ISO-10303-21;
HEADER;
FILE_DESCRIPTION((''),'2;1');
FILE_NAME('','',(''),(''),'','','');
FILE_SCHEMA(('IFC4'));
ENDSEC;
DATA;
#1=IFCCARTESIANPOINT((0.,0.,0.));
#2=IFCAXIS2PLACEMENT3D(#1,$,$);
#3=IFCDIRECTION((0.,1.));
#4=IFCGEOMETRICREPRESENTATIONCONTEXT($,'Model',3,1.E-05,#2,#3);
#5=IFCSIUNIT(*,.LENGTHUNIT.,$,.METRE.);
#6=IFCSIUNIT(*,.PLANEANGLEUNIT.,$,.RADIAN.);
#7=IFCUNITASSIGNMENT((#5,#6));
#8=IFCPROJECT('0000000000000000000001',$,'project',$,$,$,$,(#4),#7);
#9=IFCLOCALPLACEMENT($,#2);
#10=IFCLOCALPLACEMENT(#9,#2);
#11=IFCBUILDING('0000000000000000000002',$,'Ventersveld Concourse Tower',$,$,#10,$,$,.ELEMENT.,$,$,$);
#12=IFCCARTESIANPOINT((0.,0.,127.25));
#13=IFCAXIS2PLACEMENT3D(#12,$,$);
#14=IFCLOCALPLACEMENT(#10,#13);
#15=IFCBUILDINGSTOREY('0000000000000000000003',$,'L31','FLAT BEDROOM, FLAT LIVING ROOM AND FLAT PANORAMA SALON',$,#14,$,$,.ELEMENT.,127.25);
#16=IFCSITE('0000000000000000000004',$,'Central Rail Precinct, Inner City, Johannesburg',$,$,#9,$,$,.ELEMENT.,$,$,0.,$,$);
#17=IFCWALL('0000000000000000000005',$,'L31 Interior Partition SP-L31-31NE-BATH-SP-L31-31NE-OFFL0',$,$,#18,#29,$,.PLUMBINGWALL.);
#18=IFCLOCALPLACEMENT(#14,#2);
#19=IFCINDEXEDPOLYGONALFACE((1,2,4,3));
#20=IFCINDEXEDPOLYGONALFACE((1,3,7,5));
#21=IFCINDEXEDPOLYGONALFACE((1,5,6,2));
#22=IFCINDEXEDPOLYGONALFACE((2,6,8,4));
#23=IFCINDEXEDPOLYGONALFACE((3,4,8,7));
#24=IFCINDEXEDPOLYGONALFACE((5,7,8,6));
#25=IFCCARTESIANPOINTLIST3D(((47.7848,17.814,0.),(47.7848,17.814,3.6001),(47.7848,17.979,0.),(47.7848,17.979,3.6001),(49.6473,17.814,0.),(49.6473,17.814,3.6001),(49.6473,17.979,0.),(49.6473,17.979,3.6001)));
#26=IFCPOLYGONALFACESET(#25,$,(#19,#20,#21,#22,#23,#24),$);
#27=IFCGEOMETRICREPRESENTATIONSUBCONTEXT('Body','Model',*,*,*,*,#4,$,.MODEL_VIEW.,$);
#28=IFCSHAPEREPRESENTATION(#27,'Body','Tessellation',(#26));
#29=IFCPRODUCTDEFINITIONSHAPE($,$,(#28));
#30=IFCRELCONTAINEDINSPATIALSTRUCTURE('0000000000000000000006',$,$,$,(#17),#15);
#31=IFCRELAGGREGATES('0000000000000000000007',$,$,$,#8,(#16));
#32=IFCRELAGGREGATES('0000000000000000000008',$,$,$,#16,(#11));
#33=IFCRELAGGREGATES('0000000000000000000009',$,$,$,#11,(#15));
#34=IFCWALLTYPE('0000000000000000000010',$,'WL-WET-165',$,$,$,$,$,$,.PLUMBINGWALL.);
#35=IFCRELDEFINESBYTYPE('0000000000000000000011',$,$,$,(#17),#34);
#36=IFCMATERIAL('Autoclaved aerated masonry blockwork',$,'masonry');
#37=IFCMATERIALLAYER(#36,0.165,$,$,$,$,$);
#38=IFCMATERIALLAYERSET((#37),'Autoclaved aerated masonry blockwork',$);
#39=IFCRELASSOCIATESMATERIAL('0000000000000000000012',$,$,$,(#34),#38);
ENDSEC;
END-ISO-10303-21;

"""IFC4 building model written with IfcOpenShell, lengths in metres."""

from ifc_helpers import new_model, si_unit, direction, frame, frame_2d, origin, place, context, subcontext, project, spatial, rectangle, extrude, material, layer, layer_set, type_object, element, save


model = new_model("IFC4")

# Units and contexts
model_context = context("Model", 3, precision=1e-05, world=origin(), true_north=direction((0.0, 1.0)))
body_context = subcontext(model_context, "Body", "Model", "MODEL_VIEW")
ifc_project = project(units=[si_unit("LENGTHUNIT", "METRE"), si_unit("PLANEANGLEUNIT", "RADIAN")], contexts=[model_context])

# Site, building, storey
site_placement = place(None, origin())
site = spatial("IfcSite", under=ifc_project, at=site_placement, Name="Central Rail Precinct, Inner City, Johannesburg", CompositionType="ELEMENT", RefElevation=0.0)
building_placement = place(site_placement, origin())
building = spatial("IfcBuilding", under=site, at=building_placement, Name="Ventersveld Concourse Tower", CompositionType="ELEMENT")
storey_placement = place(building_placement, frame((0.0, 0.0, 127.25)))
storey = spatial("IfcBuildingStorey", under=building, at=storey_placement, Name="L31", Description="FLAT BEDROOM, FLAT LIVING ROOM AND FLAT PANORAMA SALON", CompositionType="ELEMENT", Elevation=127.25)

# Shared definitions
ifc_material_1 = material(Name="Autoclaved aerated masonry blockwork", Category="masonry")
ifc_layer_1 = layer(ifc_material_1, 0.165)
ifc_layer_set_1 = layer_set([ifc_layer_1], Name="Autoclaved aerated masonry blockwork")
wall_type_1 = type_object("IfcWallType", Name="WL-WET-165", PredefinedType="PLUMBINGWALL", material=ifc_layer_set_1)

# Wall
wall_1_placement = place(storey_placement, frame((47.7849, 17.8965, 0.0), z_axis=(0.0, 0.0, 1.0), x_axis=(1.0, 0.0, 0.0)))
element("IfcWall", 1, at=wall_1_placement, inside=storey, type_object=wall_type_1, Name="L31 Interior Partition SP-L31-31NE-BATH-SP-L31-31NE-OFFL0", PredefinedType="PLUMBINGWALL", context=body_context, shape_type="SweptSolid", body=[
    extrude(rectangle(XDim=1.8625, YDim=0.165, at=frame_2d((0.9312, 0.0))), origin(), (0.0, 0.0, 1.0), 3.6001),
])

save(model, "model.ifc")
